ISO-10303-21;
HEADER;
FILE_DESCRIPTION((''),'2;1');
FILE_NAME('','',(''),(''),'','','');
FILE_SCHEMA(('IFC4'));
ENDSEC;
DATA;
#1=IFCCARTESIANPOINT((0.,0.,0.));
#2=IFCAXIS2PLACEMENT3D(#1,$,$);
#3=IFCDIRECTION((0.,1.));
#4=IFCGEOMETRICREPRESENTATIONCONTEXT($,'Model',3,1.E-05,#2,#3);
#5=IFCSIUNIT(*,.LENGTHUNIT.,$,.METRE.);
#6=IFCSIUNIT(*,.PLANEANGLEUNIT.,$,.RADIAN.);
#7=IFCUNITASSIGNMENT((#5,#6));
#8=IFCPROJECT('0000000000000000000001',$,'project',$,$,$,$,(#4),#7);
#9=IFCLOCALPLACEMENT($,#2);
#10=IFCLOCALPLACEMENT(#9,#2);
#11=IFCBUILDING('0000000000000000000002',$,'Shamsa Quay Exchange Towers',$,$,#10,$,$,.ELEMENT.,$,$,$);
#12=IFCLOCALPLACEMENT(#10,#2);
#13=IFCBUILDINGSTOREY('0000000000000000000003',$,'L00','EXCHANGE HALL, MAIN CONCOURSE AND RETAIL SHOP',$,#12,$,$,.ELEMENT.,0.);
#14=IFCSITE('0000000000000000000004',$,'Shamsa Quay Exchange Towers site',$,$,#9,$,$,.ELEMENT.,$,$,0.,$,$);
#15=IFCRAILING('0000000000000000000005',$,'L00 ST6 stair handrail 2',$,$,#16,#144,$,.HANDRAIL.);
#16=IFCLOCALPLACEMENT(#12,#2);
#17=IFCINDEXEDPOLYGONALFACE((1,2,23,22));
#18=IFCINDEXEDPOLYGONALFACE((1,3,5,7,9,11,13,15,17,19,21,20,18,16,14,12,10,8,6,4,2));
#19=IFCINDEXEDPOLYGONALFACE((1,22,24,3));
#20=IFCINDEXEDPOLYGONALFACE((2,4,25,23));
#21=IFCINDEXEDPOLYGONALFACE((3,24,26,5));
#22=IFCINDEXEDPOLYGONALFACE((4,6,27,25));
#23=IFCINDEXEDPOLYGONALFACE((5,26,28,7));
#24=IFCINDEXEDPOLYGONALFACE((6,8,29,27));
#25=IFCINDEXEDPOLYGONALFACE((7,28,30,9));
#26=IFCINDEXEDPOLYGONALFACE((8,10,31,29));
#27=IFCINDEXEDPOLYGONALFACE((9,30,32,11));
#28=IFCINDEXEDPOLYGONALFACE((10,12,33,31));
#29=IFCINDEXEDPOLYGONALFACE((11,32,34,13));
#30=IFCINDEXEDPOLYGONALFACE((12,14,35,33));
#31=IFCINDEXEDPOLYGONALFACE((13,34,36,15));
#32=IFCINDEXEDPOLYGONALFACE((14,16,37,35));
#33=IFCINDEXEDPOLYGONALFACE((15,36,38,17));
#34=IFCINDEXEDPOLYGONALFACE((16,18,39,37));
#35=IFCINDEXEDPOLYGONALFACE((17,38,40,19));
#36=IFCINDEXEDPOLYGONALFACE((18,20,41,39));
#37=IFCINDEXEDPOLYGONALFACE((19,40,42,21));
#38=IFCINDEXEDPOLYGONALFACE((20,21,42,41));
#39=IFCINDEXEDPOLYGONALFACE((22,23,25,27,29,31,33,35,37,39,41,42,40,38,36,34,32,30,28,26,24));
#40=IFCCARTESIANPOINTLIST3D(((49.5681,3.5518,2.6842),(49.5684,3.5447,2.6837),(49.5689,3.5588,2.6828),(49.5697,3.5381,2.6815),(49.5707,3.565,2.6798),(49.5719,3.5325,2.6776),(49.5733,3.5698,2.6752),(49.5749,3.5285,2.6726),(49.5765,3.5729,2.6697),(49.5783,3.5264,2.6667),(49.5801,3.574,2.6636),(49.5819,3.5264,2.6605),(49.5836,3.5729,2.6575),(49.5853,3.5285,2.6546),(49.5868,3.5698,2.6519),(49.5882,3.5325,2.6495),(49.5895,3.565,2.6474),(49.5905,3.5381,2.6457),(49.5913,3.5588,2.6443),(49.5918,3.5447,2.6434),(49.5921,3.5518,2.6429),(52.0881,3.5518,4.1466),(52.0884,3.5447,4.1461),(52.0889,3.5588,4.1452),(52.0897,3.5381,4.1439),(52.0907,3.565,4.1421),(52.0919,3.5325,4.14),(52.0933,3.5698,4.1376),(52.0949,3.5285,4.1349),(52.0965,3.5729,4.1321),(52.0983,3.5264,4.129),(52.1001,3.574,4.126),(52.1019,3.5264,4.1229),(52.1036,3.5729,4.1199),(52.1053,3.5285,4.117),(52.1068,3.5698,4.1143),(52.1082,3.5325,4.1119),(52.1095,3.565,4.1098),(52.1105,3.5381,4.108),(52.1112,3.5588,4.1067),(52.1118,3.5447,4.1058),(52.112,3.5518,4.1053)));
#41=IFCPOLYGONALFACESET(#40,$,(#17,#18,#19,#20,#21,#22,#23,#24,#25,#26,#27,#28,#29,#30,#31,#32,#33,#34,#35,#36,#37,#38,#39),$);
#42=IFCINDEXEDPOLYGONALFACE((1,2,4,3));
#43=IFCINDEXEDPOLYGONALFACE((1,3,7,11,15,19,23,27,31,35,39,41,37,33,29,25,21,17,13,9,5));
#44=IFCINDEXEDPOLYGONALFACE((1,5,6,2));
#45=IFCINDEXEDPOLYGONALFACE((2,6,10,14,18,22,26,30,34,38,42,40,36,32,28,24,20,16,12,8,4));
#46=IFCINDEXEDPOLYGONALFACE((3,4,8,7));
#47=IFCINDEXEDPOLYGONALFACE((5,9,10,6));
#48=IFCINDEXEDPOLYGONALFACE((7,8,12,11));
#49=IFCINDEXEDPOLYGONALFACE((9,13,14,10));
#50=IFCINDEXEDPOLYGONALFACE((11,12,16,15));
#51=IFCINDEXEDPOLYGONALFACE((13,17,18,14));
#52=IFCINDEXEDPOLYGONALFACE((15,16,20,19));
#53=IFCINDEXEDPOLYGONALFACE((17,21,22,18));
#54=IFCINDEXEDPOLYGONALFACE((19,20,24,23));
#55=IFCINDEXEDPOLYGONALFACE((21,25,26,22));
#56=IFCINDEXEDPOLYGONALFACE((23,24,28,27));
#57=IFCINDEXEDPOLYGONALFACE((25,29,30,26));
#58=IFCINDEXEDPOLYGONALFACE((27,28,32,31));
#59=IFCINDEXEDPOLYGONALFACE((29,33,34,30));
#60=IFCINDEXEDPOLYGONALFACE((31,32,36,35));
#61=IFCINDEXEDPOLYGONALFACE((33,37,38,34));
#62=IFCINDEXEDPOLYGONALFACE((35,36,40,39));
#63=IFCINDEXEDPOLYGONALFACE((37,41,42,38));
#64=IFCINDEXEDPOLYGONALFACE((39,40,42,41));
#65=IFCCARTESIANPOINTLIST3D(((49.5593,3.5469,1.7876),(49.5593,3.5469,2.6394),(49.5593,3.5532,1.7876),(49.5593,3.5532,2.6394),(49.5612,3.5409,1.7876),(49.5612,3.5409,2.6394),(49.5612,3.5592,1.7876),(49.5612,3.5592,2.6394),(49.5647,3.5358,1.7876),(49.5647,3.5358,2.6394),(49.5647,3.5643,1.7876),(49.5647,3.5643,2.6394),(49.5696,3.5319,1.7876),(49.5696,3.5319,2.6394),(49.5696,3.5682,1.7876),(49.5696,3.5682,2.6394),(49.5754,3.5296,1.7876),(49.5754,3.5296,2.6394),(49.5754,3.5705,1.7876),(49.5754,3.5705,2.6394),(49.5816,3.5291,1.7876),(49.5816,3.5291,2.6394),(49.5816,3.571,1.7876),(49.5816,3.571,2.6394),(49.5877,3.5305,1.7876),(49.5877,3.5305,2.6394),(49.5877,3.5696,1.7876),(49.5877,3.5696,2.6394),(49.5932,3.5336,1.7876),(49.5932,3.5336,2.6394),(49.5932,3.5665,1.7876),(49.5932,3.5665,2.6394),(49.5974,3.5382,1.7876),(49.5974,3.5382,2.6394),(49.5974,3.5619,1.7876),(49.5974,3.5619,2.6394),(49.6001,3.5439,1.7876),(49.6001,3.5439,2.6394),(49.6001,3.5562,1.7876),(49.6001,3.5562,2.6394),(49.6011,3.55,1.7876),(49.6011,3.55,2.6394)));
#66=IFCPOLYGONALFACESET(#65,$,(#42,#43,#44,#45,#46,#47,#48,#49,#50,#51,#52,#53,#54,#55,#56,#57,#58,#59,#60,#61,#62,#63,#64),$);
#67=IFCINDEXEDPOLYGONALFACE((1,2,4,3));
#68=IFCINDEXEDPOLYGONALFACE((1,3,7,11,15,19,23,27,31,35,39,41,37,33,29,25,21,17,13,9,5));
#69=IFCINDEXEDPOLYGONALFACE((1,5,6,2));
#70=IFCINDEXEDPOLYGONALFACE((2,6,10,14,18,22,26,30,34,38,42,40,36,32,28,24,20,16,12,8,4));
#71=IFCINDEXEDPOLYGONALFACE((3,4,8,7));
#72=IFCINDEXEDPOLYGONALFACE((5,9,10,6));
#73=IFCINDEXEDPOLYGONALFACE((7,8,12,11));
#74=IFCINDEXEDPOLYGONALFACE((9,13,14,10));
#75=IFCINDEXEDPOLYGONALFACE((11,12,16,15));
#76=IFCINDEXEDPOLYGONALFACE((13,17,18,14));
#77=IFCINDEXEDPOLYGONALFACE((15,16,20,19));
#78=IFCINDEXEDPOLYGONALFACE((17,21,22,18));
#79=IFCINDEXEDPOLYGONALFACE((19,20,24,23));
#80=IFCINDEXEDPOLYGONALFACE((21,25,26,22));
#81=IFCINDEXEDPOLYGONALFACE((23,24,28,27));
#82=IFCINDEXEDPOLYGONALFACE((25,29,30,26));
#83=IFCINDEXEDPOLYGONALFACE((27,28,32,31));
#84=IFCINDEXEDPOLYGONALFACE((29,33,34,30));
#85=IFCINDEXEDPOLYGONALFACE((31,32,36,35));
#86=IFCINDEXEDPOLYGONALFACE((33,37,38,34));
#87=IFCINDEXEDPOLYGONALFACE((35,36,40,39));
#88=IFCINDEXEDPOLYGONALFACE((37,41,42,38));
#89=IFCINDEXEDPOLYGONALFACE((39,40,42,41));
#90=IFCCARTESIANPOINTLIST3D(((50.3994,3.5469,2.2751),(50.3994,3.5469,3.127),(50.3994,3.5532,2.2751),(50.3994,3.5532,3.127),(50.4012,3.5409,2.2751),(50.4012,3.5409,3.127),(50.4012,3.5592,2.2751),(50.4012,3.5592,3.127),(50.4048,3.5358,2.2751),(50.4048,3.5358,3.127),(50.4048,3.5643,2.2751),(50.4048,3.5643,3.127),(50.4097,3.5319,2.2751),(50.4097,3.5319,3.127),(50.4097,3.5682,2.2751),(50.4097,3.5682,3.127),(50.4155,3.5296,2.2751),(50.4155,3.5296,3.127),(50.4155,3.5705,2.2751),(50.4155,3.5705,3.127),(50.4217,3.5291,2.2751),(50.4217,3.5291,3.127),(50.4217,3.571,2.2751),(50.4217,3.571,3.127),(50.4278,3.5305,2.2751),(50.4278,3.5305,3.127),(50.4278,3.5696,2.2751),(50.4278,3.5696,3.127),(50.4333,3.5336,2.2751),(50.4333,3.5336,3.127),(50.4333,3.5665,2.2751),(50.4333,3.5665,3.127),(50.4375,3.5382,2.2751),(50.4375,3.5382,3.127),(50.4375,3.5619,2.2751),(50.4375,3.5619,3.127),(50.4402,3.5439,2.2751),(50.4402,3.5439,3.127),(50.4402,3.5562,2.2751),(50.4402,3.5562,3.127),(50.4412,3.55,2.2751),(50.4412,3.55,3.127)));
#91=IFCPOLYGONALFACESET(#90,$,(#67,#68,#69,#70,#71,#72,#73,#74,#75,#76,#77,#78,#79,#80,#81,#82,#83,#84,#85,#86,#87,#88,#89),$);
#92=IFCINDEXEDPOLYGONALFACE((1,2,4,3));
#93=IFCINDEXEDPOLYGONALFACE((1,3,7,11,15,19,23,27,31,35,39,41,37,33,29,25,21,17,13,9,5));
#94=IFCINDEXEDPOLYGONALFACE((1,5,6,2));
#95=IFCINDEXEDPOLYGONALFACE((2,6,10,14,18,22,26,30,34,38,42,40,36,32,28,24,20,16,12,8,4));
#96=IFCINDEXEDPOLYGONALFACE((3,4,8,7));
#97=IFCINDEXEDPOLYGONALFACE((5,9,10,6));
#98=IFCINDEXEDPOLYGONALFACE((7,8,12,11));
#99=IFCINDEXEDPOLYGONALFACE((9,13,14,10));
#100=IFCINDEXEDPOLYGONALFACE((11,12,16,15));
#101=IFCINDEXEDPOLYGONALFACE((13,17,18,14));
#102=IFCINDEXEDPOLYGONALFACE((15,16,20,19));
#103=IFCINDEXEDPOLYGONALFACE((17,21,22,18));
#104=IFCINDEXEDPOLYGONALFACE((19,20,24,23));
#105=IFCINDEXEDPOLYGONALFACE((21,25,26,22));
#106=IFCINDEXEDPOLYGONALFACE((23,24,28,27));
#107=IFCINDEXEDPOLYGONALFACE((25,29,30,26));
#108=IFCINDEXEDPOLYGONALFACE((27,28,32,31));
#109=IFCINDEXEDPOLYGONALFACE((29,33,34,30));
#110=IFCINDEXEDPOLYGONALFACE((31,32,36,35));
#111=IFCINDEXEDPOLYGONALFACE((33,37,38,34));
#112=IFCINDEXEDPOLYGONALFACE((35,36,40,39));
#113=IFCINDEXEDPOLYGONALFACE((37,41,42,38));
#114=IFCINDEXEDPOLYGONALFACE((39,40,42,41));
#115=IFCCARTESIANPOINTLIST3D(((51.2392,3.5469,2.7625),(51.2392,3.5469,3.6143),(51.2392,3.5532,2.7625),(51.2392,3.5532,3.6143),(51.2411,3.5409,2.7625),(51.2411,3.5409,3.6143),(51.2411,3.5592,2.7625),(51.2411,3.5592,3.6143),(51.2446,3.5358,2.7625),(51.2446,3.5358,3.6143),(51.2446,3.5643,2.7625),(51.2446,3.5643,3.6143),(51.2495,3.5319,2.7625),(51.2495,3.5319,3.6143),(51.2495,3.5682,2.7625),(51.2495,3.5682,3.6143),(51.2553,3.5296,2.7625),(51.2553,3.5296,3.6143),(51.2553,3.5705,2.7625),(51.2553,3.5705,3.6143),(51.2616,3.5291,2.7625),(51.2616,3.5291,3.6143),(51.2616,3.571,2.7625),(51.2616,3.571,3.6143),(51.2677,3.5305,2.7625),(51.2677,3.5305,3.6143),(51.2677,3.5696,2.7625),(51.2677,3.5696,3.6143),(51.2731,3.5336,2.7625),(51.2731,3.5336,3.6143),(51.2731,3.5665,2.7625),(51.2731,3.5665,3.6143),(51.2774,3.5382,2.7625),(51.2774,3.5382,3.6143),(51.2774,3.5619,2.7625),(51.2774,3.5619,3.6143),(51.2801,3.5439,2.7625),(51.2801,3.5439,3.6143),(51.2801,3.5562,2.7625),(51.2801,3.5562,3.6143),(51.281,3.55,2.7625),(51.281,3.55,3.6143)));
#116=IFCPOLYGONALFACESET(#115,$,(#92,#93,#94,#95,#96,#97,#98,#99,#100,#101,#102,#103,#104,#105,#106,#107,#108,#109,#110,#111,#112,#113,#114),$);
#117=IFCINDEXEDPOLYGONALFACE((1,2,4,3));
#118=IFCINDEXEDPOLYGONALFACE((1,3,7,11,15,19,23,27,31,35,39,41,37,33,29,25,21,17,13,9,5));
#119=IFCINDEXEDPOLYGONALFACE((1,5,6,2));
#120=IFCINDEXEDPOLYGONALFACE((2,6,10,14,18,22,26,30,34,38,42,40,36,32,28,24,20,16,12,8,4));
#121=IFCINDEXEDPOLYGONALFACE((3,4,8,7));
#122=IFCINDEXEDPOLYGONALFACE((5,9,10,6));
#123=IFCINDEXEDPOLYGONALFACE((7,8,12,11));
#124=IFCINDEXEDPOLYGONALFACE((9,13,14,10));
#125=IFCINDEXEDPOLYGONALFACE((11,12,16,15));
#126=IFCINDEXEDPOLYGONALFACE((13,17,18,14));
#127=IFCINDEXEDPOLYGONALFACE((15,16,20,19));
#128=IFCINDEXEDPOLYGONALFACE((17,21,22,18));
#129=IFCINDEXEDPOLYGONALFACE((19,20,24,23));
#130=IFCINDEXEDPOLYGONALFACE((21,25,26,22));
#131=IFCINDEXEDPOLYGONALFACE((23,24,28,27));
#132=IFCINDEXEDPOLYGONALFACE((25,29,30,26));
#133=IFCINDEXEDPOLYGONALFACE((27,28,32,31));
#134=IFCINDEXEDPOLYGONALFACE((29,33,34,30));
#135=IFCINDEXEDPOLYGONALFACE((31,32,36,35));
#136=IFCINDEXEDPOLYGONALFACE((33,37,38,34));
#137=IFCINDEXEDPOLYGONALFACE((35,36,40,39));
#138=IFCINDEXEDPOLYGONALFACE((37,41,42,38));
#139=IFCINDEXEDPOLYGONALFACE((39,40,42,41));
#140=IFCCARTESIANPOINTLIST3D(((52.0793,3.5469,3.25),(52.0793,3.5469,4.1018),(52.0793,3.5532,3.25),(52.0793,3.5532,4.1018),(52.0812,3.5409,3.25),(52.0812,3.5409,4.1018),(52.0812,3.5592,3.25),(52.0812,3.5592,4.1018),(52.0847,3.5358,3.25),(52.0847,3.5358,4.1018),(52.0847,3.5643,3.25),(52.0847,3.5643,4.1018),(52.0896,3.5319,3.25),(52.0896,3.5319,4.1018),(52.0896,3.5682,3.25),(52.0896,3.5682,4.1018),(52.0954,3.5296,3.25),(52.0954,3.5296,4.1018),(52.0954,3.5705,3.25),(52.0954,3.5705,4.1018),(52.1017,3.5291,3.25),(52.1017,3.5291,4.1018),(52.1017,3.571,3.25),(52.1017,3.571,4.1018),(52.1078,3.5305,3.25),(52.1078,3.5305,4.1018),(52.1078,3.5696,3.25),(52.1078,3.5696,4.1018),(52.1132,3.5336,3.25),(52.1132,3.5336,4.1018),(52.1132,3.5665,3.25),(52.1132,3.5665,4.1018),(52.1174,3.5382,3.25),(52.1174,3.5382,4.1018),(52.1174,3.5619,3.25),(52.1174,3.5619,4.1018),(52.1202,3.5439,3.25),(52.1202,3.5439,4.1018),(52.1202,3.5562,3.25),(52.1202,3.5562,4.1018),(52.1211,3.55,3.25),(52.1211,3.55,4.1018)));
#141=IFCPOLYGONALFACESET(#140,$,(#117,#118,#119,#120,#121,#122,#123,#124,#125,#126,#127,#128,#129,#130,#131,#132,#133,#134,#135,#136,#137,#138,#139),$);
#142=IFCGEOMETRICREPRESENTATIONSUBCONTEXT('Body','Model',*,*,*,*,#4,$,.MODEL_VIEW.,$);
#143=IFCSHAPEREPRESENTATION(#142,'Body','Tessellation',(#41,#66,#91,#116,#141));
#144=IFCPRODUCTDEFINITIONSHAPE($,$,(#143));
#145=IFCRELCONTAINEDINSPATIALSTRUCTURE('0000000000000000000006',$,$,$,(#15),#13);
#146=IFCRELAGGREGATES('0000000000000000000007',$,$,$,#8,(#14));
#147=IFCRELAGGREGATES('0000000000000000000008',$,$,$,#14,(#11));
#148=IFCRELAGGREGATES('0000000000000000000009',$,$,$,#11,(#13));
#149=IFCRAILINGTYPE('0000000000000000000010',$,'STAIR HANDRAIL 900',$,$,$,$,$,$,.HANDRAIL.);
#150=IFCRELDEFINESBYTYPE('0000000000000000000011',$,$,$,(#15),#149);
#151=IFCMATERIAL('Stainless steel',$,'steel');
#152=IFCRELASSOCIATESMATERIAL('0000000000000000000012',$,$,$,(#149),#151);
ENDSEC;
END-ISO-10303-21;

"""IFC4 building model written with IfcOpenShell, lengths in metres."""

from ifc_helpers import new_model, si_unit, direction, frame, origin, origin_2d, place, context, subcontext, project, spatial, circle, extrude, material, type_object, element, save


model = new_model("IFC4")

# Units and contexts
model_context = context("Model", 3, precision=1e-05, world=origin(), true_north=direction((0.0, 1.0)))
body_context = subcontext(model_context, "Body", "Model", "MODEL_VIEW")
ifc_project = project(units=[si_unit("LENGTHUNIT", "METRE"), si_unit("PLANEANGLEUNIT", "RADIAN")], contexts=[model_context])

# Site, building, storey
site_placement = place(None, origin())
site = spatial("IfcSite", under=ifc_project, at=site_placement, Name="Shamsa Quay Exchange Towers site", CompositionType="ELEMENT", RefElevation=0.0)
building_placement = place(site_placement, origin())
building = spatial("IfcBuilding", under=site, at=building_placement, Name="Shamsa Quay Exchange Towers", CompositionType="ELEMENT")
storey_placement = place(building_placement, origin())
storey = spatial("IfcBuildingStorey", under=building, at=storey_placement, Name="L00", Description="EXCHANGE HALL, MAIN CONCOURSE AND RETAIL SHOP", CompositionType="ELEMENT", Elevation=0.0)

# Railing
ifc_material_1 = material(Name="Stainless steel", Category="steel")
railing_type_1 = type_object("IfcRailingType", Name="STAIR HANDRAIL 900", PredefinedType="HANDRAIL", material=ifc_material_1)
for number, where, name in (
    (1, (49.5801, 3.55, 1.7876), "L00 ST6 stair handrail 2"),
):
    element("IfcRailing", number, at=place(storey_placement, frame(where)), inside=storey, type_object=railing_type_1, Name=name, PredefinedType="HANDRAIL", context=body_context, shape_type="SweptSolid", body=[
        extrude(circle(Radius=0.0239, at=origin_2d()), frame((0.0, 0.0, 0.876), z_axis=(0.864913, 0.0, 0.501921), x_axis=(0.0, 1.0, 0.0)), (0.0, 0.0, 1.0), 2.9136),
        extrude(circle(Radius=0.021, at=origin_2d()), origin(), (0.0, 0.0, 1.0), 0.8518),
        extrude(circle(Radius=0.021, at=origin_2d()), frame((0.8401, 0.0, 0.4875)), (0.0, 0.0, 1.0), 0.8518),
        extrude(circle(Radius=0.021, at=origin_2d()), frame((1.6799, 0.0, 0.9749)), (0.0, 0.0, 1.0), 0.8518),
        extrude(circle(Radius=0.021, at=origin_2d()), frame((2.52, 0.0, 1.4624)), (0.0, 0.0, 1.0), 0.8518),
    ])

save(model, "model.ifc")
